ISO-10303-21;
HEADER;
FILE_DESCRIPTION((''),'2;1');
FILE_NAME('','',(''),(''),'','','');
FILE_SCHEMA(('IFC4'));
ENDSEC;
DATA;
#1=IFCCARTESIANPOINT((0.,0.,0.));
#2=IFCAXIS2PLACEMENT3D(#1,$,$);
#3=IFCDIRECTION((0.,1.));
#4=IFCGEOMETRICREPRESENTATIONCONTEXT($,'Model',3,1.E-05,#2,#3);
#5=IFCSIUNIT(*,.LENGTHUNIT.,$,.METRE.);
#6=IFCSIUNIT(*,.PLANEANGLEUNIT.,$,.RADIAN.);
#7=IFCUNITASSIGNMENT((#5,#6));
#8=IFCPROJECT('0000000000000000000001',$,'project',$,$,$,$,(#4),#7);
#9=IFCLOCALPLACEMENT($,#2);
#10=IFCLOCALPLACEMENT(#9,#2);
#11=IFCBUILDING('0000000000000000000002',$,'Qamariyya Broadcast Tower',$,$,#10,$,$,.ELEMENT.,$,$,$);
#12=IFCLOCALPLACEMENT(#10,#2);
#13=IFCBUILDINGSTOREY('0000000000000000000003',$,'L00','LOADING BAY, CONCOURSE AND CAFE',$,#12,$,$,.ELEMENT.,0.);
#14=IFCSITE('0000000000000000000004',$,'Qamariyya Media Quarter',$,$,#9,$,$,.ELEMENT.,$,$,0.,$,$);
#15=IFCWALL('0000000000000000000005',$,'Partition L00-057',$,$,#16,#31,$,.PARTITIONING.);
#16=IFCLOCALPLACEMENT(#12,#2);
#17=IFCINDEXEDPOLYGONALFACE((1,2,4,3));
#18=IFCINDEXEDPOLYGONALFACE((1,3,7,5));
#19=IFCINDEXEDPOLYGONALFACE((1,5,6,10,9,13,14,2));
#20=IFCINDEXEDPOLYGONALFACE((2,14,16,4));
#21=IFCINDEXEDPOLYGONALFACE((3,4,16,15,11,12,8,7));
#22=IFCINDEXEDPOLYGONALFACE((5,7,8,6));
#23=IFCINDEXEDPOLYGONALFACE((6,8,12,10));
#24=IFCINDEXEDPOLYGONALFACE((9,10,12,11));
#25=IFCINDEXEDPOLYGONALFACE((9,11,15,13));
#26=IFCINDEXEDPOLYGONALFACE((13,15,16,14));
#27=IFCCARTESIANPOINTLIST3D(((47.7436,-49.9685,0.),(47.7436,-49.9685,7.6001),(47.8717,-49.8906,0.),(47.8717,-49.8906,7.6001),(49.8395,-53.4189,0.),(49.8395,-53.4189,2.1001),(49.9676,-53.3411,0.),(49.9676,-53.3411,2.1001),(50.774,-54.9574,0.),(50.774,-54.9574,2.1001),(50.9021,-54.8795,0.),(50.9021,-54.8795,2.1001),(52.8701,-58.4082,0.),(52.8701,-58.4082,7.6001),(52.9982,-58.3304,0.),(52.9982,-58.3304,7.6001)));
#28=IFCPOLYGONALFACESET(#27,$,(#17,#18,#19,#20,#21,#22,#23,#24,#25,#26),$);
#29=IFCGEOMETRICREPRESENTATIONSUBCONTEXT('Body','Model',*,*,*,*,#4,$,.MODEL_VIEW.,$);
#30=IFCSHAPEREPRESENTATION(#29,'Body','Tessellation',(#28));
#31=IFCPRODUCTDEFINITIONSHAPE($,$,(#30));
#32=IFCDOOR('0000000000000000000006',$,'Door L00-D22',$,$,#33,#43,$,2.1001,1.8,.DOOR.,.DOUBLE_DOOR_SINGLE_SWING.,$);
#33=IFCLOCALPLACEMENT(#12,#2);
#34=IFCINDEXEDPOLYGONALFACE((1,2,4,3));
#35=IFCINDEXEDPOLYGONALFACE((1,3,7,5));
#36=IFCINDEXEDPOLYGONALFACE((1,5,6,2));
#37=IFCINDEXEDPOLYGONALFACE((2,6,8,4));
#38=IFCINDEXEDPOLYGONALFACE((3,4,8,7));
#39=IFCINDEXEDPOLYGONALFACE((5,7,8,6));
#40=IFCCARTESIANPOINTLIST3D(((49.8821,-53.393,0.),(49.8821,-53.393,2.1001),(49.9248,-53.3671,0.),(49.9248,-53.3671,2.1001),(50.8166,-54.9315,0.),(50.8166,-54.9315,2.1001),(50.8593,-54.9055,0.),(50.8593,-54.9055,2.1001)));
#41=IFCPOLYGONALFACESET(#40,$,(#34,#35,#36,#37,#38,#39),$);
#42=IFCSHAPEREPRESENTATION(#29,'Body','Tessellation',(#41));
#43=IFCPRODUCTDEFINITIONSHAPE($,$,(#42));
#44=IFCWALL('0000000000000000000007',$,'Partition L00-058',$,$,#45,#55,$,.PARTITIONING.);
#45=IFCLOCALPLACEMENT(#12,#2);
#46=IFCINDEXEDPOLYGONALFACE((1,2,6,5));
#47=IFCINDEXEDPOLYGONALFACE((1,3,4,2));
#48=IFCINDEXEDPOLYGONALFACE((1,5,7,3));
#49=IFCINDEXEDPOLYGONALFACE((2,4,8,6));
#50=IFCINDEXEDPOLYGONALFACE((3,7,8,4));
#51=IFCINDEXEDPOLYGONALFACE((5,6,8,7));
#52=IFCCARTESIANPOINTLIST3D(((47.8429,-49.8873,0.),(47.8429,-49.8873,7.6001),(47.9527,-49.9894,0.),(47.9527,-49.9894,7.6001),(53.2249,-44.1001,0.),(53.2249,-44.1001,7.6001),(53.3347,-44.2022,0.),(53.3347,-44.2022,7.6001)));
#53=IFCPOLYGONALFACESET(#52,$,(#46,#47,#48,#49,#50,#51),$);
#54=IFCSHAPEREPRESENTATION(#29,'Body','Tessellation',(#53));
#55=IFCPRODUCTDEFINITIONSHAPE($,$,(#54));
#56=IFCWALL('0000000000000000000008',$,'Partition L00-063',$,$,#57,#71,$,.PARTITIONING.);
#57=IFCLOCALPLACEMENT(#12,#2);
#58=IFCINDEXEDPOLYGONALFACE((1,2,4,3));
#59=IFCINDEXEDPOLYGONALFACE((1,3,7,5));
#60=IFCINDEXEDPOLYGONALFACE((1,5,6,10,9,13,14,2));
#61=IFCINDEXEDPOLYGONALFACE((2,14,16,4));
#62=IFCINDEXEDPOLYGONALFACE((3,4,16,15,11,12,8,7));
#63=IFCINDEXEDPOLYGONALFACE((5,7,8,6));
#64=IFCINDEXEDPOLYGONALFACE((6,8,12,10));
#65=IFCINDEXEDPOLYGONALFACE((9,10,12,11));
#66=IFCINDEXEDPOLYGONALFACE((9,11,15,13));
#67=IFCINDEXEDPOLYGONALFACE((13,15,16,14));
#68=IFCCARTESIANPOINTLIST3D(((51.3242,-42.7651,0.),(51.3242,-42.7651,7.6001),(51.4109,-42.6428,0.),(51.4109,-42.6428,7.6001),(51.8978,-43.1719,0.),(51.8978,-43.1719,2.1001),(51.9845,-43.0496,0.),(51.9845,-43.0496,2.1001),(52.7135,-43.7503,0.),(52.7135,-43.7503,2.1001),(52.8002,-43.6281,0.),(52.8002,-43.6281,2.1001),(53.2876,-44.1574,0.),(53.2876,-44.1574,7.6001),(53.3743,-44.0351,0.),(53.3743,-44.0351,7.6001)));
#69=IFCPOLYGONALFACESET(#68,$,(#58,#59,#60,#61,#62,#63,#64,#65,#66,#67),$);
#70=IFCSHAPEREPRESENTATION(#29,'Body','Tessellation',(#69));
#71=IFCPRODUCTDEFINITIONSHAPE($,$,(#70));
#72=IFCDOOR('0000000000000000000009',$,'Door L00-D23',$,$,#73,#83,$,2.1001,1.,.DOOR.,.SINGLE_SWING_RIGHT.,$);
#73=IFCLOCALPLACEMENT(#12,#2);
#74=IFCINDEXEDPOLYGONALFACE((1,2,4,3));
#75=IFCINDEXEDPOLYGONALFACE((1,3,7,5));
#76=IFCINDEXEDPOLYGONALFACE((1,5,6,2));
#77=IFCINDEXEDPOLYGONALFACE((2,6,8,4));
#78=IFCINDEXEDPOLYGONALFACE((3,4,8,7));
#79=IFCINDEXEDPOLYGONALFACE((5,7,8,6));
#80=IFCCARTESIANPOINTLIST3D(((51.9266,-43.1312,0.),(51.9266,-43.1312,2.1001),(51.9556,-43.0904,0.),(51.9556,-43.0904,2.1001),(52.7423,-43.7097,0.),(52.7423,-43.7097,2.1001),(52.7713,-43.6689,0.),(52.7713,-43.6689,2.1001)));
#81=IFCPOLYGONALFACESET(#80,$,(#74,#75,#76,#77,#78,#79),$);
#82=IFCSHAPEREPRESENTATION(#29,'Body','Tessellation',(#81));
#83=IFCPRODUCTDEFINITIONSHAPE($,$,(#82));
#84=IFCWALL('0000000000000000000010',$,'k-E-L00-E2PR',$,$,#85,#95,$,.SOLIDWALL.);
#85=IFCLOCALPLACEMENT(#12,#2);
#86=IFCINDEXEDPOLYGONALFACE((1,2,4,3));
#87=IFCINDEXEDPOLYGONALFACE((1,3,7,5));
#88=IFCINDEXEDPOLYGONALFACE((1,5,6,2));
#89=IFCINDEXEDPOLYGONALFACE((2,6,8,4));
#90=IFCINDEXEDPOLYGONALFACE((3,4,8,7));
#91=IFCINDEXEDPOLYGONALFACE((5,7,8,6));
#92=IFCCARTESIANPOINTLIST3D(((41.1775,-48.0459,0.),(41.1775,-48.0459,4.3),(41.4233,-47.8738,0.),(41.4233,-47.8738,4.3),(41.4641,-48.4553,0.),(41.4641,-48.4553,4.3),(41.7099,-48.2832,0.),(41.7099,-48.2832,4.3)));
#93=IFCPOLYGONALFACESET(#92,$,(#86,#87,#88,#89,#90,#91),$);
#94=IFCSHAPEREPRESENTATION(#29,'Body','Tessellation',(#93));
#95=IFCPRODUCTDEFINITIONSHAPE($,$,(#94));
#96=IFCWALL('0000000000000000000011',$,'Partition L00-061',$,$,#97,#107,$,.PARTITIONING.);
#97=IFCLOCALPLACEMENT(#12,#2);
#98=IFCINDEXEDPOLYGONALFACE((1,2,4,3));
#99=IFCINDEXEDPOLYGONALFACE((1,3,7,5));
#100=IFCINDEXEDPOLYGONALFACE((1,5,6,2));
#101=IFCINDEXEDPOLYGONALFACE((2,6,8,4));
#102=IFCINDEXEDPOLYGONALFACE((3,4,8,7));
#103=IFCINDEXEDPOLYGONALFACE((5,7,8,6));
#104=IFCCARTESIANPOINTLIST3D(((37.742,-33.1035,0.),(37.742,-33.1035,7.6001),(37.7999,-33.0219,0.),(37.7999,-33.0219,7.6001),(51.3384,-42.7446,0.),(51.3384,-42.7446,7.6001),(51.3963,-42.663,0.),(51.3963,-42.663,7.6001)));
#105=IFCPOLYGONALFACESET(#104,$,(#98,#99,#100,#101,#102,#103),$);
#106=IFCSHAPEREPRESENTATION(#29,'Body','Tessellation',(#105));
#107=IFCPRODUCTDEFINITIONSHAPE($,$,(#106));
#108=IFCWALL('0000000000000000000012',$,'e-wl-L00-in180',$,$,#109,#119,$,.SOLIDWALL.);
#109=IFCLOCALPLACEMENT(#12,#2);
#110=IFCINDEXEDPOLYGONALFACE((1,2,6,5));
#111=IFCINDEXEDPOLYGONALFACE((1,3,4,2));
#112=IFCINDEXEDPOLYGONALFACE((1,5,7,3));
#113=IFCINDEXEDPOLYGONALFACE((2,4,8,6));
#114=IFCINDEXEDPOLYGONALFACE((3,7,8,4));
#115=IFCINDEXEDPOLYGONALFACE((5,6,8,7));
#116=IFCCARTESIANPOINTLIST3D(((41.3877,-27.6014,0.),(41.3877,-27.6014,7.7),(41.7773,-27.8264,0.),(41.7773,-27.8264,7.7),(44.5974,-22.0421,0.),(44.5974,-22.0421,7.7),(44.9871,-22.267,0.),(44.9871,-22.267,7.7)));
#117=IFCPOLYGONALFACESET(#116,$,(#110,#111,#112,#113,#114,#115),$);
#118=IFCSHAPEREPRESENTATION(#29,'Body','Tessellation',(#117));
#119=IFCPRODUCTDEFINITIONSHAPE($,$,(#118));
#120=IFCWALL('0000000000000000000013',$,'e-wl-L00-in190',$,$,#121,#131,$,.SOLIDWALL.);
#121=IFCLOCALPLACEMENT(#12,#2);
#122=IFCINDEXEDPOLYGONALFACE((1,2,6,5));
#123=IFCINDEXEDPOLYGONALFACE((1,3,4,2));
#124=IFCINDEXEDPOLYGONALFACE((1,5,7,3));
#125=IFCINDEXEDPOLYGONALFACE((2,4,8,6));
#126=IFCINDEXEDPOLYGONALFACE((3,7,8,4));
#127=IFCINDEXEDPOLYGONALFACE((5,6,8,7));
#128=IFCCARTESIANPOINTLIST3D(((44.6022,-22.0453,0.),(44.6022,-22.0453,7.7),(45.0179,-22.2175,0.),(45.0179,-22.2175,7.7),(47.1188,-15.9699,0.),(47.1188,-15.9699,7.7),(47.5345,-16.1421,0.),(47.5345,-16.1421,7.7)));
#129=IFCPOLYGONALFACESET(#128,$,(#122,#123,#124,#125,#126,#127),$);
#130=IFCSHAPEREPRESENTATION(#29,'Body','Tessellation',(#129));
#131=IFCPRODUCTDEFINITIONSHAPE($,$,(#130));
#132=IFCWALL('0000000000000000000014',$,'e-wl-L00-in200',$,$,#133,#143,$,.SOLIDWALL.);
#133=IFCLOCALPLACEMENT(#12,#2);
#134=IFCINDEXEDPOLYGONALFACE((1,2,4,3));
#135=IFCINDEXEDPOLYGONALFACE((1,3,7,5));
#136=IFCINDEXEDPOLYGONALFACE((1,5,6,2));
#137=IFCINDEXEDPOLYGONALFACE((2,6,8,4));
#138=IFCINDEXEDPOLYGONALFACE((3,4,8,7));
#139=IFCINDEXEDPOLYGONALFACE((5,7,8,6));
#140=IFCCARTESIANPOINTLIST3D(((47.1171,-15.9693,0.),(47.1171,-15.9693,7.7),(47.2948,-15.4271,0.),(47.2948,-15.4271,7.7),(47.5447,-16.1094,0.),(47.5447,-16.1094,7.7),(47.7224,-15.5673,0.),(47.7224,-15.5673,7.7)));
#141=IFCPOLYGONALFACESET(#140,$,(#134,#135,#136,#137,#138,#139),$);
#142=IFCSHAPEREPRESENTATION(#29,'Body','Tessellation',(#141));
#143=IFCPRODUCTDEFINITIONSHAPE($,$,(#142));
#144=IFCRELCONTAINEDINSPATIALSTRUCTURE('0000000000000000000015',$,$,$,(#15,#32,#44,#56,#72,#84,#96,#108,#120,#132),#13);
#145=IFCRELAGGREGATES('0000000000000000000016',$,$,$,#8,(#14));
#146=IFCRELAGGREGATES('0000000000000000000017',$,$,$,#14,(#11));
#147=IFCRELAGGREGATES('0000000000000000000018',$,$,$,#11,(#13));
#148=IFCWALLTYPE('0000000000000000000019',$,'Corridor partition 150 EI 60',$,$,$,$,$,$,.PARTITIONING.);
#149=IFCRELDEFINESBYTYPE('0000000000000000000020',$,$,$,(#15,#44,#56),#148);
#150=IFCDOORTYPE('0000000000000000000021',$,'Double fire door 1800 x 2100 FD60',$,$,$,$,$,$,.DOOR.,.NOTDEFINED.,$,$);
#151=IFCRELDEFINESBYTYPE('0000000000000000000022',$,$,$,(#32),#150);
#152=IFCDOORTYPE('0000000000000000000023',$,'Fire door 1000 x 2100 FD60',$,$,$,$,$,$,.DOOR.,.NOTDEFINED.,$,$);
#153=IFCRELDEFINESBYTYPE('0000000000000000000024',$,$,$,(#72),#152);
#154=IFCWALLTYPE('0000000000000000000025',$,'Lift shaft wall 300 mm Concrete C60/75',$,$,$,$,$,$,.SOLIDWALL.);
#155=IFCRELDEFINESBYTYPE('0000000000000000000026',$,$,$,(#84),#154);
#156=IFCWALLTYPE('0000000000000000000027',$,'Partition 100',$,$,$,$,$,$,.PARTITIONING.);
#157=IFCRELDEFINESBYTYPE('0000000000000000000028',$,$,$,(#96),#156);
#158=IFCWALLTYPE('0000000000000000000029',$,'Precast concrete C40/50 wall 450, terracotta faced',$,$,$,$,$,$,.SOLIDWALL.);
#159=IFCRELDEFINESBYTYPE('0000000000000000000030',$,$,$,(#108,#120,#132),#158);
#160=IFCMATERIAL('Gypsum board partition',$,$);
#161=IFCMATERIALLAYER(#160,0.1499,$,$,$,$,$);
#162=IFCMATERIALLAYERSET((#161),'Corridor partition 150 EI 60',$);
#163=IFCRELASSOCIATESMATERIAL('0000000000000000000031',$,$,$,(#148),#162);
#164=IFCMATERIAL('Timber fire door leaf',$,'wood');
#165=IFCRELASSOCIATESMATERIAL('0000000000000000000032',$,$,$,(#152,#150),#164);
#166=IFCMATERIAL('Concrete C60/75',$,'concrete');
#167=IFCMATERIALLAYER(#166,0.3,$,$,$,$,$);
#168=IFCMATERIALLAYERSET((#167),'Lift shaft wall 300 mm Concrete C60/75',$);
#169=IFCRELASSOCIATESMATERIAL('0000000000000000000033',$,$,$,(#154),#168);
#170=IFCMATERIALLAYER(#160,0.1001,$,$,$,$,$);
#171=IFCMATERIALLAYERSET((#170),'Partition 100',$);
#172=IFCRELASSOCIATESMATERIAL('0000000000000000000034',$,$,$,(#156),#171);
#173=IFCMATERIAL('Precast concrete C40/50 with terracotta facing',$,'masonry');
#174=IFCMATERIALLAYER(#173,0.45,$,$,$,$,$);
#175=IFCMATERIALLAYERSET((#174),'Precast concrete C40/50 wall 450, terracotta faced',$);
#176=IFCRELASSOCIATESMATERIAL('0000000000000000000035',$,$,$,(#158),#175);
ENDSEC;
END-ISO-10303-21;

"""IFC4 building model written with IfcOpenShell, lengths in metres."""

from ifc_helpers import new_model, si_unit, direction, frame, frame_2d, origin, place, context, subcontext, project, spatial, rectangle, extrude, material, layer, layer_set, type_object, element, fill, save


model = new_model("IFC4")

# Units and contexts
model_context = context("Model", 3, precision=1e-05, world=origin(), true_north=direction((0.0, 1.0)))
body_context = subcontext(model_context, "Body", "Model", "MODEL_VIEW")
ifc_project = project(units=[si_unit("LENGTHUNIT", "METRE"), si_unit("PLANEANGLEUNIT", "RADIAN")], contexts=[model_context])

# Site, building, storey
site_placement = place(None, origin())
site = spatial("IfcSite", under=ifc_project, at=site_placement, Name="Qamariyya Media Quarter", CompositionType="ELEMENT", RefElevation=0.0)
building_placement = place(site_placement, origin())
building = spatial("IfcBuilding", under=site, at=building_placement, Name="Qamariyya Broadcast Tower", CompositionType="ELEMENT")
storey_placement = place(building_placement, origin())
storey = spatial("IfcBuildingStorey", under=building, at=storey_placement, Name="L00", Description="LOADING BAY, CONCOURSE AND CAFE", CompositionType="ELEMENT", Elevation=0.0)

# Shared definitions
ifc_material_1 = material(Name="Gypsum board partition")
ifc_layer_1 = layer(ifc_material_1, 0.1499)
ifc_layer_set_1 = layer_set([ifc_layer_1], Name="Corridor partition 150 EI 60")
wall_type_1 = type_object("IfcWallType", Name="Corridor partition 150 EI 60", PredefinedType="PARTITIONING", material=ifc_layer_set_1)

# Shared definitions
ifc_material_2 = material(Name="Timber fire door leaf", Category="wood")
door_type_1 = type_object("IfcDoorType", Name="Fire door 1000 x 2100 FD60", OperationType="NOTDEFINED", PredefinedType="DOOR", material=ifc_material_2)

# Wall, opening, door
wall_1_placement = place(storey_placement, frame((47.8076, -49.9294, 0.0), z_axis=(0.0, 0.0, 1.0), x_axis=(0.519153, -0.854681, 0.0)))
wall_1 = element("IfcWall", 1, at=wall_1_placement, inside=storey, type_object=wall_type_1, Name="Partition L00-057", PredefinedType="PARTITIONING", context=body_context, shape_type="SweptSolid", body=[
    extrude(rectangle(XDim=9.8748, YDim=0.1499, at=frame_2d((4.9375, 0.0))), origin(), (0.0, 0.0, 1.0), 7.6001),
])
opening_1_placement = place(wall_1_placement, frame((4.0374, 0.0, 0.0)))
opening_1 = element("IfcOpeningElement", 2, at=opening_1_placement, cuts=wall_1, PredefinedType="OPENING", context=body_context, shape_type="SweptSolid", body=[
    extrude(rectangle(XDim=1.8, YDim=2.1001, at=frame_2d((0.8999, 1.05))), frame((0.0, 0.085, 0.0), z_axis=(0.0, -1.0, 0.0), x_axis=(1.0, 0.0, 0.0)), (0.0, 0.0, 1.0), 0.1699),
])
door_type_2 = type_object("IfcDoorType", Name="Double fire door 1800 x 2100 FD60", OperationType="NOTDEFINED", PredefinedType="DOOR", material=ifc_material_2)
door_1_placement = place(opening_1_placement, origin())
door_1 = element("IfcDoor", 3, at=door_1_placement, inside=storey, type_object=door_type_2, Name="Door L00-D22", OperationType="DOUBLE_DOOR_SINGLE_SWING", OverallHeight=2.1001, OverallWidth=1.8, PredefinedType="DOOR", context=body_context, shape_type="SweptSolid", body=[
    extrude(rectangle(XDim=1.8, YDim=2.1001, at=frame_2d((0.8999, 1.05))), frame((0.0, 0.0249, 0.0), z_axis=(0.0, -1.0, 0.0), x_axis=(1.0, 0.0, 0.0)), (0.0, 0.0, 1.0), 0.05),
])
fill(opening_1, door_1)

# Wall
wall_2_placement = place(storey_placement, frame((47.8977, -49.9385, 0.0), z_axis=(0.0, 0.0, 1.0), x_axis=(0.681002, 0.732282, 0.0)))
element("IfcWall", 4, at=wall_2_placement, inside=storey, type_object=wall_type_1, Name="Partition L00-058", PredefinedType="PARTITIONING", context=body_context, shape_type="SweptSolid", body=[
    extrude(rectangle(XDim=7.9031, YDim=0.1499, at=frame_2d((3.9517, 0.0))), origin(), (0.0, 0.0, 1.0), 7.6001),
])

# Wall, opening, door
wall_3_placement = place(storey_placement, frame((51.3674, -42.7039, 0.0), z_axis=(0.0, 0.0, 1.0), x_axis=(0.815709, -0.578462, 0.0)))
wall_3 = element("IfcWall", 5, at=wall_3_placement, inside=storey, type_object=wall_type_1, Name="Partition L00-063", PredefinedType="PARTITIONING", context=body_context, shape_type="SweptSolid", body=[
    extrude(rectangle(XDim=2.407, YDim=0.1499, at=frame_2d((1.2036, 0.0))), origin(), (0.0, 0.0, 1.0), 7.6001),
])
opening_2_placement = place(wall_3_placement, frame((0.7034, 0.0, 0.0)))
opening_2 = element("IfcOpeningElement", 6, at=opening_2_placement, cuts=wall_3, PredefinedType="OPENING", context=body_context, shape_type="SweptSolid", body=[
    extrude(rectangle(XDim=1.0, YDim=2.1001, at=frame_2d((0.5, 1.05))), frame((0.0, 0.085, 0.0), z_axis=(0.0, -1.0, 0.0), x_axis=(1.0, 0.0, 0.0)), (0.0, 0.0, 1.0), 0.1699),
])
door_2_placement = place(opening_2_placement, origin())
door_2 = element("IfcDoor", 7, at=door_2_placement, inside=storey, type_object=door_type_1, Name="Door L00-D23", OperationType="SINGLE_SWING_RIGHT", OverallHeight=2.1001, OverallWidth=1.0, PredefinedType="DOOR", context=body_context, shape_type="SweptSolid", body=[
    extrude(rectangle(XDim=1.0, YDim=2.1001, at=frame_2d((0.5, 1.05))), frame((0.0, 0.0249, 0.0), z_axis=(0.0, -1.0, 0.0), x_axis=(1.0, 0.0, 0.0)), (0.0, 0.0, 1.0), 0.05),
])
fill(opening_2, door_2)

# Walls
ifc_material_3 = material(Name="Concrete C60/75", Category="concrete")
ifc_layer_2 = layer(ifc_material_3, 0.3)
ifc_layer_set_2 = layer_set([ifc_layer_2], Name="Lift shaft wall 300 mm Concrete C60/75")
wall_type_2 = type_object("IfcWallType", Name="Lift shaft wall 300 mm Concrete C60/75", PredefinedType="SOLIDWALL", material=ifc_layer_set_2)
wall_4_placement = place(storey_placement, frame((41.3003, -47.9597, 0.0), z_axis=(0.0, 0.0, 1.0), x_axis=(0.573495, -0.819209, 0.0)))
element("IfcWall", 8, at=wall_4_placement, inside=storey, type_object=wall_type_2, Name="k-E-L00-E2PR", PredefinedType="SOLIDWALL", context=body_context, shape_type="SweptSolid", body=[
    extrude(rectangle(XDim=0.4998, YDim=0.3, at=frame_2d((0.25, 0.0))), origin(), (0.0, 0.0, 1.0), 4.3),
])
ifc_layer_3 = layer(ifc_material_1, 0.1001)
ifc_layer_set_3 = layer_set([ifc_layer_3], Name="Partition 100")
wall_type_3 = type_object("IfcWallType", Name="Partition 100", PredefinedType="PARTITIONING", material=ifc_layer_set_3)
wall_5_placement = place(storey_placement, frame((51.3674, -42.7039, 0.0), z_axis=(0.0, 0.0, 1.0), x_axis=(-0.815733, 0.578429, 0.0)))
element("IfcWall", 9, at=wall_5_placement, inside=storey, type_object=wall_type_3, Name="Partition L00-061", PredefinedType="PARTITIONING", context=body_context, shape_type="SweptSolid", body=[
    extrude(rectangle(XDim=16.6677, YDim=0.1001, at=frame_2d((8.334, 0.0))), origin(), (0.0, 0.0, 1.0), 7.6001),
])

# Shared definitions
ifc_material_4 = material(Name="Precast concrete C40/50 with terracotta facing", Category="masonry")
ifc_layer_4 = layer(ifc_material_4, 0.45)
ifc_layer_set_4 = layer_set([ifc_layer_4], Name="Precast concrete C40/50 wall 450, terracotta faced")
wall_type_4 = type_object("IfcWallType", Name="Precast concrete C40/50 wall 450, terracotta faced", PredefinedType="SOLIDWALL", material=ifc_layer_set_4)

# Walls
wall_6_placement = place(storey_placement, frame((44.7922, -22.1545, 0.0), z_axis=(0.0, 0.0, 1.0), x_axis=(-0.500004, -0.866023, 0.0)))
element("IfcWall", 10, at=wall_6_placement, inside=storey, type_object=wall_type_4, Name="e-wl-L00-in180", PredefinedType="SOLIDWALL", context=body_context, shape_type="SweptSolid", body=[
    extrude(rectangle(XDim=6.4194, YDim=0.45, at=frame_2d((3.2097, 0.0))), origin(), (0.0, 0.0, 1.0), 7.7),
])
wall_7_placement = place(storey_placement, frame((47.3267, -16.0559, 0.0), z_axis=(0.0, 0.0, 1.0), x_axis=(-0.382693, -0.923876, 0.0)))
element("IfcWall", 11, at=wall_7_placement, inside=storey, type_object=wall_type_4, Name="e-wl-L00-in190", PredefinedType="SOLIDWALL", context=body_context, shape_type="SweptSolid", body=[
    extrude(rectangle(XDim=6.5759, YDim=0.45, at=frame_2d((3.2881, 0.0))), origin(), (0.0, 0.0, 1.0), 7.7),
])
wall_8_placement = place(storey_placement, frame((47.5085, -15.4973, 0.0), z_axis=(0.0, 0.0, 1.0), x_axis=(-0.311475, -0.950254, 0.0)))
element("IfcWall", 12, at=wall_8_placement, inside=storey, type_object=wall_type_4, Name="e-wl-L00-in200", PredefinedType="SOLIDWALL", context=body_context, shape_type="SweptSolid", body=[
    extrude(rectangle(XDim=0.5706, YDim=0.45, at=frame_2d((0.2852, 0.0))), origin(), (0.0, 0.0, 1.0), 7.7),
])

save(model, "model.ifc")
